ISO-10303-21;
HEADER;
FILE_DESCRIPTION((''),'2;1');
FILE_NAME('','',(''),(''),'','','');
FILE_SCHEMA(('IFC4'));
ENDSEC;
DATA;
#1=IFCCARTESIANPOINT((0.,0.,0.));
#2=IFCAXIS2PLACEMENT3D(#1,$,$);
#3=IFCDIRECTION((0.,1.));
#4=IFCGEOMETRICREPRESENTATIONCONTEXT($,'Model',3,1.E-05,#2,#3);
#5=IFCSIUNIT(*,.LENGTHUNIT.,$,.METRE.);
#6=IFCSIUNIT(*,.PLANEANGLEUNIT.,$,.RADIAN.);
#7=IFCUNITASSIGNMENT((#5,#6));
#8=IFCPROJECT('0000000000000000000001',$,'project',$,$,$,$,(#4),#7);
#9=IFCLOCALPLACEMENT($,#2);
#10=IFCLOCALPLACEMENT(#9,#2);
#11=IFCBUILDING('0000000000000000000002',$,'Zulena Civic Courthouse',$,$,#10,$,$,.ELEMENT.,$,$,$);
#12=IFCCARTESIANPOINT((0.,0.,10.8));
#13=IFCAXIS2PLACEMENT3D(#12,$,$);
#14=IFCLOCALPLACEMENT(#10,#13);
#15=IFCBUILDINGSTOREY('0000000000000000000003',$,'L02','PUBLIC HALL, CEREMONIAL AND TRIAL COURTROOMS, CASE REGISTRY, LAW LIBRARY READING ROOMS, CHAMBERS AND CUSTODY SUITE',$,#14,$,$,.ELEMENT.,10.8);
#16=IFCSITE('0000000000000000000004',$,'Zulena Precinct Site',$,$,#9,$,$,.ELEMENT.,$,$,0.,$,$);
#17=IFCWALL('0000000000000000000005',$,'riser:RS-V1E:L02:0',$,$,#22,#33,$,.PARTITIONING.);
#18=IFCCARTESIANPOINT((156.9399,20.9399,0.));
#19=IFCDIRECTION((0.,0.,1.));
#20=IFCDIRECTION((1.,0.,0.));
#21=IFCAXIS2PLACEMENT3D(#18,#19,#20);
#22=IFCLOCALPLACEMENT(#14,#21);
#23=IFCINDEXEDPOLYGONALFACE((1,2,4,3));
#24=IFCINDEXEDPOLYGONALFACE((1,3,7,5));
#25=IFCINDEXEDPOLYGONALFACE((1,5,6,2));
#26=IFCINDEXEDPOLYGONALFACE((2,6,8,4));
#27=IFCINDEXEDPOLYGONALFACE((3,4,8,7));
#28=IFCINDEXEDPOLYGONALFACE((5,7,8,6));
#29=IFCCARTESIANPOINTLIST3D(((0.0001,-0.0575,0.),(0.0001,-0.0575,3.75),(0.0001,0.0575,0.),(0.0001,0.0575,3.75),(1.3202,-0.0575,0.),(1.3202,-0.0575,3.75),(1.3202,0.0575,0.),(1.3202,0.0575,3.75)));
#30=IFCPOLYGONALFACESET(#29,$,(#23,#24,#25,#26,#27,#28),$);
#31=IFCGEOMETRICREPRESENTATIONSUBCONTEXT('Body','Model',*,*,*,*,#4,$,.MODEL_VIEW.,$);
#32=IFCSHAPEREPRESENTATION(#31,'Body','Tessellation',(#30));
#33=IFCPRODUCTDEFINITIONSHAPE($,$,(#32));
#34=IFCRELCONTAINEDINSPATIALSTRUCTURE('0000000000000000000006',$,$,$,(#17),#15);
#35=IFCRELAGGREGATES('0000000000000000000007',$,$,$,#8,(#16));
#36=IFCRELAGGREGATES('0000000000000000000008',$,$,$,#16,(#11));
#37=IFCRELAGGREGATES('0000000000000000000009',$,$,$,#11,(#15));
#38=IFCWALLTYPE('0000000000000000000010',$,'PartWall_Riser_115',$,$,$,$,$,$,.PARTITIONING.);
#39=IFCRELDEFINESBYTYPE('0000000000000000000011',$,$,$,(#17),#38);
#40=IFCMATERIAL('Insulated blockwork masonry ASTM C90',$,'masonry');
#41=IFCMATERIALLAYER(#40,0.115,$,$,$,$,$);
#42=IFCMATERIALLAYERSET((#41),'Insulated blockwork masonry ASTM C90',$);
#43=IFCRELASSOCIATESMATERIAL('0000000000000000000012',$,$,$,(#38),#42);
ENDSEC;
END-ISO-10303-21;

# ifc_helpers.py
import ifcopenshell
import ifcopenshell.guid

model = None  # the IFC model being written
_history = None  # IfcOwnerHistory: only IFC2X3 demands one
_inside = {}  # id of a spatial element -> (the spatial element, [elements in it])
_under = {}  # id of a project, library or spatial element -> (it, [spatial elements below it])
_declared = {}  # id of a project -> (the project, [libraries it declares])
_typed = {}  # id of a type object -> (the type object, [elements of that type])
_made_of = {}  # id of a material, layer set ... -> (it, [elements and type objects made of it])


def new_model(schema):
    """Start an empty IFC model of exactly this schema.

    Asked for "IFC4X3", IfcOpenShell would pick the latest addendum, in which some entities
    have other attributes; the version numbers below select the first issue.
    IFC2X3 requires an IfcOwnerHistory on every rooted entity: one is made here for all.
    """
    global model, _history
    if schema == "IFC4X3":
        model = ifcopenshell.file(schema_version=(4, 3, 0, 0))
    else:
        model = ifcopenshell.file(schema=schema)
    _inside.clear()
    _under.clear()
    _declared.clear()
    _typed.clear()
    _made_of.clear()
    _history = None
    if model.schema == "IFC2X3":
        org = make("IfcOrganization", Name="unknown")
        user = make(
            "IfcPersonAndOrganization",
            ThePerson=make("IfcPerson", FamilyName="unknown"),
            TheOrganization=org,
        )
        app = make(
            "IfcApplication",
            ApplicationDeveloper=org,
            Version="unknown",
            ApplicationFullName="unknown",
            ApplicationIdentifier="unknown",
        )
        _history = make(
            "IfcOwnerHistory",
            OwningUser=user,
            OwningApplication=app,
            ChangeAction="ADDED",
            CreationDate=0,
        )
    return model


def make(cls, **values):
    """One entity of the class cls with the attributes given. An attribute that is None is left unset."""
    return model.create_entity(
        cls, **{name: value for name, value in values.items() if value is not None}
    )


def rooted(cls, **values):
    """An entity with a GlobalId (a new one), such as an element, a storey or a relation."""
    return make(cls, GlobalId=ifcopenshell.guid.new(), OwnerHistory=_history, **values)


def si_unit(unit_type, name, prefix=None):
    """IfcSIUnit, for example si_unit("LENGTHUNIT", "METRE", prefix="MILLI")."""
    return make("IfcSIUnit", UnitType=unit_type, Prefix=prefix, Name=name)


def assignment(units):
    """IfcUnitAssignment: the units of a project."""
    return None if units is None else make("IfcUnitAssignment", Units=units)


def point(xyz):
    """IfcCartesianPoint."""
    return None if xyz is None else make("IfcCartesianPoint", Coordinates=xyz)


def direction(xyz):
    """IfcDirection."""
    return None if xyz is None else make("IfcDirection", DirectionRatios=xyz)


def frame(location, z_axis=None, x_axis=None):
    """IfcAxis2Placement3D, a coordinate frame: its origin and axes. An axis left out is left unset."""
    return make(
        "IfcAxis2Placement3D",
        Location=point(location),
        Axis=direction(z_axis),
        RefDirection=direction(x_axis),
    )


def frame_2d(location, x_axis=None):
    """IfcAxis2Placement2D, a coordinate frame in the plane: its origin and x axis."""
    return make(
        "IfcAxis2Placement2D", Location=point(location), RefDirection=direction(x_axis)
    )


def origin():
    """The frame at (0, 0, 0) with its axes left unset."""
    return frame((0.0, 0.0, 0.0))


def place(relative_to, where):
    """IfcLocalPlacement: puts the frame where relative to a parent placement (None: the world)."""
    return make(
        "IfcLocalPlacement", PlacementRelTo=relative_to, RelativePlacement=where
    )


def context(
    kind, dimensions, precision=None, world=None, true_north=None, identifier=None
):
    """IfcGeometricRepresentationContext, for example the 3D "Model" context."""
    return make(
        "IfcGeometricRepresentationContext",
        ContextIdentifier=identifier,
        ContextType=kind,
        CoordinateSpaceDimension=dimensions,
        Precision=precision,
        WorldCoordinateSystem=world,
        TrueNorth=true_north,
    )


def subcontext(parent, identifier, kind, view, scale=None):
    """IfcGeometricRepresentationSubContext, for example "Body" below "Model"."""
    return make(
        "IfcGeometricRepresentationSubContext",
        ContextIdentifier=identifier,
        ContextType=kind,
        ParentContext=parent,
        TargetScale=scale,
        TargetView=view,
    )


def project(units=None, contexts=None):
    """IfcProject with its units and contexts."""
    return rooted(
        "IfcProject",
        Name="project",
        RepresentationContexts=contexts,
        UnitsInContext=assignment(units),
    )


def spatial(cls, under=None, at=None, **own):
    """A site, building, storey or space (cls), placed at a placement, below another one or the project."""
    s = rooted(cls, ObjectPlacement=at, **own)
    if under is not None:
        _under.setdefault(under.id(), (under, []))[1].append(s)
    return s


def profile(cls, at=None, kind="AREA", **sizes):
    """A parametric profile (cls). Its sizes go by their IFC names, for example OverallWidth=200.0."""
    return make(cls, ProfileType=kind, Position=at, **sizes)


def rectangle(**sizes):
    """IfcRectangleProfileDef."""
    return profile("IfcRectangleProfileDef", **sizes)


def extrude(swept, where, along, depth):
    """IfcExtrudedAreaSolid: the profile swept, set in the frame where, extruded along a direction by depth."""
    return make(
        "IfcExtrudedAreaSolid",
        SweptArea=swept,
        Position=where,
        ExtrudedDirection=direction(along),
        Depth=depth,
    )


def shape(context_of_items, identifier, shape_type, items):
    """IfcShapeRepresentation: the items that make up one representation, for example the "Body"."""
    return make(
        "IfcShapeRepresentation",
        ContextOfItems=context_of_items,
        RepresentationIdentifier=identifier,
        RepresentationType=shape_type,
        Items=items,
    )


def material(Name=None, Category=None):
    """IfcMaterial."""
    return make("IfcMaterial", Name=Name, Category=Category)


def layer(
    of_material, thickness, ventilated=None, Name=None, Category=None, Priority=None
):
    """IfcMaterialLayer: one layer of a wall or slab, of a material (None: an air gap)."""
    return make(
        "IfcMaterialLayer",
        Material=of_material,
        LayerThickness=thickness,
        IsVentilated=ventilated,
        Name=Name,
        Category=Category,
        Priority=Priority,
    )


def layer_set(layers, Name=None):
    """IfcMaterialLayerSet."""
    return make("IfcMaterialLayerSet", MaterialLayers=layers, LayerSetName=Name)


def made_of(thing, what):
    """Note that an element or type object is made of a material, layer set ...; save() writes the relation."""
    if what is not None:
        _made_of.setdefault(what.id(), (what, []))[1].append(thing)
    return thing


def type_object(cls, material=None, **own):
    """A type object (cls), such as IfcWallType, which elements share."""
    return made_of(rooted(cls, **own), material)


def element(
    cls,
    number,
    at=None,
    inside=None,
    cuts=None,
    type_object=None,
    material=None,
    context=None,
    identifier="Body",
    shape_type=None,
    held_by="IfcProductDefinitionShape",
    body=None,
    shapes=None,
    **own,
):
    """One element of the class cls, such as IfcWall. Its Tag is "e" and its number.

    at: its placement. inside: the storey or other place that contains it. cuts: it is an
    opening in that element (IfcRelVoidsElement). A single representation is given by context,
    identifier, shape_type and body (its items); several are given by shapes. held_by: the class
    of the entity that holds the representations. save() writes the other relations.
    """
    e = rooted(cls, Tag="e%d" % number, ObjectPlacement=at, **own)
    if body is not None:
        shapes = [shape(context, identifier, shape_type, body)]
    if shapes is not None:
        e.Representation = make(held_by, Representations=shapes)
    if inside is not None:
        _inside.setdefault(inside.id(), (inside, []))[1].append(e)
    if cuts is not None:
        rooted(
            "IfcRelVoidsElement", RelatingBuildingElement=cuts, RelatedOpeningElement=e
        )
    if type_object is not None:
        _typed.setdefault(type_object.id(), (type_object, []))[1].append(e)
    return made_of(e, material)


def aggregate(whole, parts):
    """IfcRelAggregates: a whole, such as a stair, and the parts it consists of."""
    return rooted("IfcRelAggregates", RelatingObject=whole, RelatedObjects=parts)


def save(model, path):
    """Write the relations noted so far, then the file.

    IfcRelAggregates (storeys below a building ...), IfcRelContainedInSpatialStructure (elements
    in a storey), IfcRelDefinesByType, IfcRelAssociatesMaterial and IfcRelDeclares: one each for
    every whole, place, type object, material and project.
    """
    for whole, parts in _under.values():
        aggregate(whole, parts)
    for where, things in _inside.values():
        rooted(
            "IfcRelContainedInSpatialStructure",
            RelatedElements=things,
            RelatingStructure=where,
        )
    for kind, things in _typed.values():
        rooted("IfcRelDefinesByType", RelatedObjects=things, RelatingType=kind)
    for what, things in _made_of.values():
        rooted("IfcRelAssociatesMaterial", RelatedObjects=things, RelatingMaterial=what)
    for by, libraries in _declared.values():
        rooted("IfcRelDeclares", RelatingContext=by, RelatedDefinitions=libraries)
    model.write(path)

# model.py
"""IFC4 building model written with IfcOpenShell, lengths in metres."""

from ifc_helpers import new_model, si_unit, direction, frame, frame_2d, origin, place, context, subcontext, project, spatial, rectangle, extrude, material, layer, layer_set, type_object, element, save


model = new_model("IFC4")

# Units and contexts
model_context = context("Model", 3, precision=1e-05, world=origin(), true_north=direction((0.0, 1.0)))
body_context = subcontext(model_context, "Body", "Model", "MODEL_VIEW")
ifc_project = project(units=[si_unit("LENGTHUNIT", "METRE"), si_unit("PLANEANGLEUNIT", "RADIAN")], contexts=[model_context])

# Site, building, storey
site_placement = place(None, origin())
site = spatial("IfcSite", under=ifc_project, at=site_placement, Name="Zulena Precinct Site", CompositionType="ELEMENT", RefElevation=0.0)
building_placement = place(site_placement, origin())
building = spatial("IfcBuilding", under=site, at=building_placement, Name="Zulena Civic Courthouse", CompositionType="ELEMENT")
storey_placement = place(building_placement, frame((0.0, 0.0, 10.8)))
storey = spatial("IfcBuildingStorey", under=building, at=storey_placement, Name="L02", Description="PUBLIC HALL, CEREMONIAL AND TRIAL COURTROOMS, CASE REGISTRY, LAW LIBRARY READING ROOMS, CHAMBERS AND CUSTODY SUITE", CompositionType="ELEMENT", Elevation=10.8)

# Wall
ifc_material_1 = material(Name="Insulated blockwork masonry ASTM C90", Category="masonry")
ifc_layer_1 = layer(ifc_material_1, 0.115)
ifc_layer_set_1 = layer_set([ifc_layer_1], Name="Insulated blockwork masonry ASTM C90")
wall_type_1 = type_object("IfcWallType", Name="PartWall_Riser_115", PredefinedType="PARTITIONING", material=ifc_layer_set_1)
for number, where, z_axis, x_axis, name in (
    (1, (156.9399, 20.9399, 0.0), (0.0, 0.0, 1.0), (1.0, 0.0, 0.0), "riser:RS-V1E:L02:0"),
):
    element("IfcWall", number, at=place(storey_placement, frame(where, z_axis=z_axis, x_axis=x_axis)), inside=storey, type_object=wall_type_1, Name=name, PredefinedType="PARTITIONING", context=body_context, shape_type="SweptSolid", body=[
        extrude(rectangle(XDim=1.3201, YDim=0.115, at=frame_2d((0.6602, 0.0))), origin(), (0.0, 0.0, 1.0), 3.75),
    ])

save(model, "model.ifc")
